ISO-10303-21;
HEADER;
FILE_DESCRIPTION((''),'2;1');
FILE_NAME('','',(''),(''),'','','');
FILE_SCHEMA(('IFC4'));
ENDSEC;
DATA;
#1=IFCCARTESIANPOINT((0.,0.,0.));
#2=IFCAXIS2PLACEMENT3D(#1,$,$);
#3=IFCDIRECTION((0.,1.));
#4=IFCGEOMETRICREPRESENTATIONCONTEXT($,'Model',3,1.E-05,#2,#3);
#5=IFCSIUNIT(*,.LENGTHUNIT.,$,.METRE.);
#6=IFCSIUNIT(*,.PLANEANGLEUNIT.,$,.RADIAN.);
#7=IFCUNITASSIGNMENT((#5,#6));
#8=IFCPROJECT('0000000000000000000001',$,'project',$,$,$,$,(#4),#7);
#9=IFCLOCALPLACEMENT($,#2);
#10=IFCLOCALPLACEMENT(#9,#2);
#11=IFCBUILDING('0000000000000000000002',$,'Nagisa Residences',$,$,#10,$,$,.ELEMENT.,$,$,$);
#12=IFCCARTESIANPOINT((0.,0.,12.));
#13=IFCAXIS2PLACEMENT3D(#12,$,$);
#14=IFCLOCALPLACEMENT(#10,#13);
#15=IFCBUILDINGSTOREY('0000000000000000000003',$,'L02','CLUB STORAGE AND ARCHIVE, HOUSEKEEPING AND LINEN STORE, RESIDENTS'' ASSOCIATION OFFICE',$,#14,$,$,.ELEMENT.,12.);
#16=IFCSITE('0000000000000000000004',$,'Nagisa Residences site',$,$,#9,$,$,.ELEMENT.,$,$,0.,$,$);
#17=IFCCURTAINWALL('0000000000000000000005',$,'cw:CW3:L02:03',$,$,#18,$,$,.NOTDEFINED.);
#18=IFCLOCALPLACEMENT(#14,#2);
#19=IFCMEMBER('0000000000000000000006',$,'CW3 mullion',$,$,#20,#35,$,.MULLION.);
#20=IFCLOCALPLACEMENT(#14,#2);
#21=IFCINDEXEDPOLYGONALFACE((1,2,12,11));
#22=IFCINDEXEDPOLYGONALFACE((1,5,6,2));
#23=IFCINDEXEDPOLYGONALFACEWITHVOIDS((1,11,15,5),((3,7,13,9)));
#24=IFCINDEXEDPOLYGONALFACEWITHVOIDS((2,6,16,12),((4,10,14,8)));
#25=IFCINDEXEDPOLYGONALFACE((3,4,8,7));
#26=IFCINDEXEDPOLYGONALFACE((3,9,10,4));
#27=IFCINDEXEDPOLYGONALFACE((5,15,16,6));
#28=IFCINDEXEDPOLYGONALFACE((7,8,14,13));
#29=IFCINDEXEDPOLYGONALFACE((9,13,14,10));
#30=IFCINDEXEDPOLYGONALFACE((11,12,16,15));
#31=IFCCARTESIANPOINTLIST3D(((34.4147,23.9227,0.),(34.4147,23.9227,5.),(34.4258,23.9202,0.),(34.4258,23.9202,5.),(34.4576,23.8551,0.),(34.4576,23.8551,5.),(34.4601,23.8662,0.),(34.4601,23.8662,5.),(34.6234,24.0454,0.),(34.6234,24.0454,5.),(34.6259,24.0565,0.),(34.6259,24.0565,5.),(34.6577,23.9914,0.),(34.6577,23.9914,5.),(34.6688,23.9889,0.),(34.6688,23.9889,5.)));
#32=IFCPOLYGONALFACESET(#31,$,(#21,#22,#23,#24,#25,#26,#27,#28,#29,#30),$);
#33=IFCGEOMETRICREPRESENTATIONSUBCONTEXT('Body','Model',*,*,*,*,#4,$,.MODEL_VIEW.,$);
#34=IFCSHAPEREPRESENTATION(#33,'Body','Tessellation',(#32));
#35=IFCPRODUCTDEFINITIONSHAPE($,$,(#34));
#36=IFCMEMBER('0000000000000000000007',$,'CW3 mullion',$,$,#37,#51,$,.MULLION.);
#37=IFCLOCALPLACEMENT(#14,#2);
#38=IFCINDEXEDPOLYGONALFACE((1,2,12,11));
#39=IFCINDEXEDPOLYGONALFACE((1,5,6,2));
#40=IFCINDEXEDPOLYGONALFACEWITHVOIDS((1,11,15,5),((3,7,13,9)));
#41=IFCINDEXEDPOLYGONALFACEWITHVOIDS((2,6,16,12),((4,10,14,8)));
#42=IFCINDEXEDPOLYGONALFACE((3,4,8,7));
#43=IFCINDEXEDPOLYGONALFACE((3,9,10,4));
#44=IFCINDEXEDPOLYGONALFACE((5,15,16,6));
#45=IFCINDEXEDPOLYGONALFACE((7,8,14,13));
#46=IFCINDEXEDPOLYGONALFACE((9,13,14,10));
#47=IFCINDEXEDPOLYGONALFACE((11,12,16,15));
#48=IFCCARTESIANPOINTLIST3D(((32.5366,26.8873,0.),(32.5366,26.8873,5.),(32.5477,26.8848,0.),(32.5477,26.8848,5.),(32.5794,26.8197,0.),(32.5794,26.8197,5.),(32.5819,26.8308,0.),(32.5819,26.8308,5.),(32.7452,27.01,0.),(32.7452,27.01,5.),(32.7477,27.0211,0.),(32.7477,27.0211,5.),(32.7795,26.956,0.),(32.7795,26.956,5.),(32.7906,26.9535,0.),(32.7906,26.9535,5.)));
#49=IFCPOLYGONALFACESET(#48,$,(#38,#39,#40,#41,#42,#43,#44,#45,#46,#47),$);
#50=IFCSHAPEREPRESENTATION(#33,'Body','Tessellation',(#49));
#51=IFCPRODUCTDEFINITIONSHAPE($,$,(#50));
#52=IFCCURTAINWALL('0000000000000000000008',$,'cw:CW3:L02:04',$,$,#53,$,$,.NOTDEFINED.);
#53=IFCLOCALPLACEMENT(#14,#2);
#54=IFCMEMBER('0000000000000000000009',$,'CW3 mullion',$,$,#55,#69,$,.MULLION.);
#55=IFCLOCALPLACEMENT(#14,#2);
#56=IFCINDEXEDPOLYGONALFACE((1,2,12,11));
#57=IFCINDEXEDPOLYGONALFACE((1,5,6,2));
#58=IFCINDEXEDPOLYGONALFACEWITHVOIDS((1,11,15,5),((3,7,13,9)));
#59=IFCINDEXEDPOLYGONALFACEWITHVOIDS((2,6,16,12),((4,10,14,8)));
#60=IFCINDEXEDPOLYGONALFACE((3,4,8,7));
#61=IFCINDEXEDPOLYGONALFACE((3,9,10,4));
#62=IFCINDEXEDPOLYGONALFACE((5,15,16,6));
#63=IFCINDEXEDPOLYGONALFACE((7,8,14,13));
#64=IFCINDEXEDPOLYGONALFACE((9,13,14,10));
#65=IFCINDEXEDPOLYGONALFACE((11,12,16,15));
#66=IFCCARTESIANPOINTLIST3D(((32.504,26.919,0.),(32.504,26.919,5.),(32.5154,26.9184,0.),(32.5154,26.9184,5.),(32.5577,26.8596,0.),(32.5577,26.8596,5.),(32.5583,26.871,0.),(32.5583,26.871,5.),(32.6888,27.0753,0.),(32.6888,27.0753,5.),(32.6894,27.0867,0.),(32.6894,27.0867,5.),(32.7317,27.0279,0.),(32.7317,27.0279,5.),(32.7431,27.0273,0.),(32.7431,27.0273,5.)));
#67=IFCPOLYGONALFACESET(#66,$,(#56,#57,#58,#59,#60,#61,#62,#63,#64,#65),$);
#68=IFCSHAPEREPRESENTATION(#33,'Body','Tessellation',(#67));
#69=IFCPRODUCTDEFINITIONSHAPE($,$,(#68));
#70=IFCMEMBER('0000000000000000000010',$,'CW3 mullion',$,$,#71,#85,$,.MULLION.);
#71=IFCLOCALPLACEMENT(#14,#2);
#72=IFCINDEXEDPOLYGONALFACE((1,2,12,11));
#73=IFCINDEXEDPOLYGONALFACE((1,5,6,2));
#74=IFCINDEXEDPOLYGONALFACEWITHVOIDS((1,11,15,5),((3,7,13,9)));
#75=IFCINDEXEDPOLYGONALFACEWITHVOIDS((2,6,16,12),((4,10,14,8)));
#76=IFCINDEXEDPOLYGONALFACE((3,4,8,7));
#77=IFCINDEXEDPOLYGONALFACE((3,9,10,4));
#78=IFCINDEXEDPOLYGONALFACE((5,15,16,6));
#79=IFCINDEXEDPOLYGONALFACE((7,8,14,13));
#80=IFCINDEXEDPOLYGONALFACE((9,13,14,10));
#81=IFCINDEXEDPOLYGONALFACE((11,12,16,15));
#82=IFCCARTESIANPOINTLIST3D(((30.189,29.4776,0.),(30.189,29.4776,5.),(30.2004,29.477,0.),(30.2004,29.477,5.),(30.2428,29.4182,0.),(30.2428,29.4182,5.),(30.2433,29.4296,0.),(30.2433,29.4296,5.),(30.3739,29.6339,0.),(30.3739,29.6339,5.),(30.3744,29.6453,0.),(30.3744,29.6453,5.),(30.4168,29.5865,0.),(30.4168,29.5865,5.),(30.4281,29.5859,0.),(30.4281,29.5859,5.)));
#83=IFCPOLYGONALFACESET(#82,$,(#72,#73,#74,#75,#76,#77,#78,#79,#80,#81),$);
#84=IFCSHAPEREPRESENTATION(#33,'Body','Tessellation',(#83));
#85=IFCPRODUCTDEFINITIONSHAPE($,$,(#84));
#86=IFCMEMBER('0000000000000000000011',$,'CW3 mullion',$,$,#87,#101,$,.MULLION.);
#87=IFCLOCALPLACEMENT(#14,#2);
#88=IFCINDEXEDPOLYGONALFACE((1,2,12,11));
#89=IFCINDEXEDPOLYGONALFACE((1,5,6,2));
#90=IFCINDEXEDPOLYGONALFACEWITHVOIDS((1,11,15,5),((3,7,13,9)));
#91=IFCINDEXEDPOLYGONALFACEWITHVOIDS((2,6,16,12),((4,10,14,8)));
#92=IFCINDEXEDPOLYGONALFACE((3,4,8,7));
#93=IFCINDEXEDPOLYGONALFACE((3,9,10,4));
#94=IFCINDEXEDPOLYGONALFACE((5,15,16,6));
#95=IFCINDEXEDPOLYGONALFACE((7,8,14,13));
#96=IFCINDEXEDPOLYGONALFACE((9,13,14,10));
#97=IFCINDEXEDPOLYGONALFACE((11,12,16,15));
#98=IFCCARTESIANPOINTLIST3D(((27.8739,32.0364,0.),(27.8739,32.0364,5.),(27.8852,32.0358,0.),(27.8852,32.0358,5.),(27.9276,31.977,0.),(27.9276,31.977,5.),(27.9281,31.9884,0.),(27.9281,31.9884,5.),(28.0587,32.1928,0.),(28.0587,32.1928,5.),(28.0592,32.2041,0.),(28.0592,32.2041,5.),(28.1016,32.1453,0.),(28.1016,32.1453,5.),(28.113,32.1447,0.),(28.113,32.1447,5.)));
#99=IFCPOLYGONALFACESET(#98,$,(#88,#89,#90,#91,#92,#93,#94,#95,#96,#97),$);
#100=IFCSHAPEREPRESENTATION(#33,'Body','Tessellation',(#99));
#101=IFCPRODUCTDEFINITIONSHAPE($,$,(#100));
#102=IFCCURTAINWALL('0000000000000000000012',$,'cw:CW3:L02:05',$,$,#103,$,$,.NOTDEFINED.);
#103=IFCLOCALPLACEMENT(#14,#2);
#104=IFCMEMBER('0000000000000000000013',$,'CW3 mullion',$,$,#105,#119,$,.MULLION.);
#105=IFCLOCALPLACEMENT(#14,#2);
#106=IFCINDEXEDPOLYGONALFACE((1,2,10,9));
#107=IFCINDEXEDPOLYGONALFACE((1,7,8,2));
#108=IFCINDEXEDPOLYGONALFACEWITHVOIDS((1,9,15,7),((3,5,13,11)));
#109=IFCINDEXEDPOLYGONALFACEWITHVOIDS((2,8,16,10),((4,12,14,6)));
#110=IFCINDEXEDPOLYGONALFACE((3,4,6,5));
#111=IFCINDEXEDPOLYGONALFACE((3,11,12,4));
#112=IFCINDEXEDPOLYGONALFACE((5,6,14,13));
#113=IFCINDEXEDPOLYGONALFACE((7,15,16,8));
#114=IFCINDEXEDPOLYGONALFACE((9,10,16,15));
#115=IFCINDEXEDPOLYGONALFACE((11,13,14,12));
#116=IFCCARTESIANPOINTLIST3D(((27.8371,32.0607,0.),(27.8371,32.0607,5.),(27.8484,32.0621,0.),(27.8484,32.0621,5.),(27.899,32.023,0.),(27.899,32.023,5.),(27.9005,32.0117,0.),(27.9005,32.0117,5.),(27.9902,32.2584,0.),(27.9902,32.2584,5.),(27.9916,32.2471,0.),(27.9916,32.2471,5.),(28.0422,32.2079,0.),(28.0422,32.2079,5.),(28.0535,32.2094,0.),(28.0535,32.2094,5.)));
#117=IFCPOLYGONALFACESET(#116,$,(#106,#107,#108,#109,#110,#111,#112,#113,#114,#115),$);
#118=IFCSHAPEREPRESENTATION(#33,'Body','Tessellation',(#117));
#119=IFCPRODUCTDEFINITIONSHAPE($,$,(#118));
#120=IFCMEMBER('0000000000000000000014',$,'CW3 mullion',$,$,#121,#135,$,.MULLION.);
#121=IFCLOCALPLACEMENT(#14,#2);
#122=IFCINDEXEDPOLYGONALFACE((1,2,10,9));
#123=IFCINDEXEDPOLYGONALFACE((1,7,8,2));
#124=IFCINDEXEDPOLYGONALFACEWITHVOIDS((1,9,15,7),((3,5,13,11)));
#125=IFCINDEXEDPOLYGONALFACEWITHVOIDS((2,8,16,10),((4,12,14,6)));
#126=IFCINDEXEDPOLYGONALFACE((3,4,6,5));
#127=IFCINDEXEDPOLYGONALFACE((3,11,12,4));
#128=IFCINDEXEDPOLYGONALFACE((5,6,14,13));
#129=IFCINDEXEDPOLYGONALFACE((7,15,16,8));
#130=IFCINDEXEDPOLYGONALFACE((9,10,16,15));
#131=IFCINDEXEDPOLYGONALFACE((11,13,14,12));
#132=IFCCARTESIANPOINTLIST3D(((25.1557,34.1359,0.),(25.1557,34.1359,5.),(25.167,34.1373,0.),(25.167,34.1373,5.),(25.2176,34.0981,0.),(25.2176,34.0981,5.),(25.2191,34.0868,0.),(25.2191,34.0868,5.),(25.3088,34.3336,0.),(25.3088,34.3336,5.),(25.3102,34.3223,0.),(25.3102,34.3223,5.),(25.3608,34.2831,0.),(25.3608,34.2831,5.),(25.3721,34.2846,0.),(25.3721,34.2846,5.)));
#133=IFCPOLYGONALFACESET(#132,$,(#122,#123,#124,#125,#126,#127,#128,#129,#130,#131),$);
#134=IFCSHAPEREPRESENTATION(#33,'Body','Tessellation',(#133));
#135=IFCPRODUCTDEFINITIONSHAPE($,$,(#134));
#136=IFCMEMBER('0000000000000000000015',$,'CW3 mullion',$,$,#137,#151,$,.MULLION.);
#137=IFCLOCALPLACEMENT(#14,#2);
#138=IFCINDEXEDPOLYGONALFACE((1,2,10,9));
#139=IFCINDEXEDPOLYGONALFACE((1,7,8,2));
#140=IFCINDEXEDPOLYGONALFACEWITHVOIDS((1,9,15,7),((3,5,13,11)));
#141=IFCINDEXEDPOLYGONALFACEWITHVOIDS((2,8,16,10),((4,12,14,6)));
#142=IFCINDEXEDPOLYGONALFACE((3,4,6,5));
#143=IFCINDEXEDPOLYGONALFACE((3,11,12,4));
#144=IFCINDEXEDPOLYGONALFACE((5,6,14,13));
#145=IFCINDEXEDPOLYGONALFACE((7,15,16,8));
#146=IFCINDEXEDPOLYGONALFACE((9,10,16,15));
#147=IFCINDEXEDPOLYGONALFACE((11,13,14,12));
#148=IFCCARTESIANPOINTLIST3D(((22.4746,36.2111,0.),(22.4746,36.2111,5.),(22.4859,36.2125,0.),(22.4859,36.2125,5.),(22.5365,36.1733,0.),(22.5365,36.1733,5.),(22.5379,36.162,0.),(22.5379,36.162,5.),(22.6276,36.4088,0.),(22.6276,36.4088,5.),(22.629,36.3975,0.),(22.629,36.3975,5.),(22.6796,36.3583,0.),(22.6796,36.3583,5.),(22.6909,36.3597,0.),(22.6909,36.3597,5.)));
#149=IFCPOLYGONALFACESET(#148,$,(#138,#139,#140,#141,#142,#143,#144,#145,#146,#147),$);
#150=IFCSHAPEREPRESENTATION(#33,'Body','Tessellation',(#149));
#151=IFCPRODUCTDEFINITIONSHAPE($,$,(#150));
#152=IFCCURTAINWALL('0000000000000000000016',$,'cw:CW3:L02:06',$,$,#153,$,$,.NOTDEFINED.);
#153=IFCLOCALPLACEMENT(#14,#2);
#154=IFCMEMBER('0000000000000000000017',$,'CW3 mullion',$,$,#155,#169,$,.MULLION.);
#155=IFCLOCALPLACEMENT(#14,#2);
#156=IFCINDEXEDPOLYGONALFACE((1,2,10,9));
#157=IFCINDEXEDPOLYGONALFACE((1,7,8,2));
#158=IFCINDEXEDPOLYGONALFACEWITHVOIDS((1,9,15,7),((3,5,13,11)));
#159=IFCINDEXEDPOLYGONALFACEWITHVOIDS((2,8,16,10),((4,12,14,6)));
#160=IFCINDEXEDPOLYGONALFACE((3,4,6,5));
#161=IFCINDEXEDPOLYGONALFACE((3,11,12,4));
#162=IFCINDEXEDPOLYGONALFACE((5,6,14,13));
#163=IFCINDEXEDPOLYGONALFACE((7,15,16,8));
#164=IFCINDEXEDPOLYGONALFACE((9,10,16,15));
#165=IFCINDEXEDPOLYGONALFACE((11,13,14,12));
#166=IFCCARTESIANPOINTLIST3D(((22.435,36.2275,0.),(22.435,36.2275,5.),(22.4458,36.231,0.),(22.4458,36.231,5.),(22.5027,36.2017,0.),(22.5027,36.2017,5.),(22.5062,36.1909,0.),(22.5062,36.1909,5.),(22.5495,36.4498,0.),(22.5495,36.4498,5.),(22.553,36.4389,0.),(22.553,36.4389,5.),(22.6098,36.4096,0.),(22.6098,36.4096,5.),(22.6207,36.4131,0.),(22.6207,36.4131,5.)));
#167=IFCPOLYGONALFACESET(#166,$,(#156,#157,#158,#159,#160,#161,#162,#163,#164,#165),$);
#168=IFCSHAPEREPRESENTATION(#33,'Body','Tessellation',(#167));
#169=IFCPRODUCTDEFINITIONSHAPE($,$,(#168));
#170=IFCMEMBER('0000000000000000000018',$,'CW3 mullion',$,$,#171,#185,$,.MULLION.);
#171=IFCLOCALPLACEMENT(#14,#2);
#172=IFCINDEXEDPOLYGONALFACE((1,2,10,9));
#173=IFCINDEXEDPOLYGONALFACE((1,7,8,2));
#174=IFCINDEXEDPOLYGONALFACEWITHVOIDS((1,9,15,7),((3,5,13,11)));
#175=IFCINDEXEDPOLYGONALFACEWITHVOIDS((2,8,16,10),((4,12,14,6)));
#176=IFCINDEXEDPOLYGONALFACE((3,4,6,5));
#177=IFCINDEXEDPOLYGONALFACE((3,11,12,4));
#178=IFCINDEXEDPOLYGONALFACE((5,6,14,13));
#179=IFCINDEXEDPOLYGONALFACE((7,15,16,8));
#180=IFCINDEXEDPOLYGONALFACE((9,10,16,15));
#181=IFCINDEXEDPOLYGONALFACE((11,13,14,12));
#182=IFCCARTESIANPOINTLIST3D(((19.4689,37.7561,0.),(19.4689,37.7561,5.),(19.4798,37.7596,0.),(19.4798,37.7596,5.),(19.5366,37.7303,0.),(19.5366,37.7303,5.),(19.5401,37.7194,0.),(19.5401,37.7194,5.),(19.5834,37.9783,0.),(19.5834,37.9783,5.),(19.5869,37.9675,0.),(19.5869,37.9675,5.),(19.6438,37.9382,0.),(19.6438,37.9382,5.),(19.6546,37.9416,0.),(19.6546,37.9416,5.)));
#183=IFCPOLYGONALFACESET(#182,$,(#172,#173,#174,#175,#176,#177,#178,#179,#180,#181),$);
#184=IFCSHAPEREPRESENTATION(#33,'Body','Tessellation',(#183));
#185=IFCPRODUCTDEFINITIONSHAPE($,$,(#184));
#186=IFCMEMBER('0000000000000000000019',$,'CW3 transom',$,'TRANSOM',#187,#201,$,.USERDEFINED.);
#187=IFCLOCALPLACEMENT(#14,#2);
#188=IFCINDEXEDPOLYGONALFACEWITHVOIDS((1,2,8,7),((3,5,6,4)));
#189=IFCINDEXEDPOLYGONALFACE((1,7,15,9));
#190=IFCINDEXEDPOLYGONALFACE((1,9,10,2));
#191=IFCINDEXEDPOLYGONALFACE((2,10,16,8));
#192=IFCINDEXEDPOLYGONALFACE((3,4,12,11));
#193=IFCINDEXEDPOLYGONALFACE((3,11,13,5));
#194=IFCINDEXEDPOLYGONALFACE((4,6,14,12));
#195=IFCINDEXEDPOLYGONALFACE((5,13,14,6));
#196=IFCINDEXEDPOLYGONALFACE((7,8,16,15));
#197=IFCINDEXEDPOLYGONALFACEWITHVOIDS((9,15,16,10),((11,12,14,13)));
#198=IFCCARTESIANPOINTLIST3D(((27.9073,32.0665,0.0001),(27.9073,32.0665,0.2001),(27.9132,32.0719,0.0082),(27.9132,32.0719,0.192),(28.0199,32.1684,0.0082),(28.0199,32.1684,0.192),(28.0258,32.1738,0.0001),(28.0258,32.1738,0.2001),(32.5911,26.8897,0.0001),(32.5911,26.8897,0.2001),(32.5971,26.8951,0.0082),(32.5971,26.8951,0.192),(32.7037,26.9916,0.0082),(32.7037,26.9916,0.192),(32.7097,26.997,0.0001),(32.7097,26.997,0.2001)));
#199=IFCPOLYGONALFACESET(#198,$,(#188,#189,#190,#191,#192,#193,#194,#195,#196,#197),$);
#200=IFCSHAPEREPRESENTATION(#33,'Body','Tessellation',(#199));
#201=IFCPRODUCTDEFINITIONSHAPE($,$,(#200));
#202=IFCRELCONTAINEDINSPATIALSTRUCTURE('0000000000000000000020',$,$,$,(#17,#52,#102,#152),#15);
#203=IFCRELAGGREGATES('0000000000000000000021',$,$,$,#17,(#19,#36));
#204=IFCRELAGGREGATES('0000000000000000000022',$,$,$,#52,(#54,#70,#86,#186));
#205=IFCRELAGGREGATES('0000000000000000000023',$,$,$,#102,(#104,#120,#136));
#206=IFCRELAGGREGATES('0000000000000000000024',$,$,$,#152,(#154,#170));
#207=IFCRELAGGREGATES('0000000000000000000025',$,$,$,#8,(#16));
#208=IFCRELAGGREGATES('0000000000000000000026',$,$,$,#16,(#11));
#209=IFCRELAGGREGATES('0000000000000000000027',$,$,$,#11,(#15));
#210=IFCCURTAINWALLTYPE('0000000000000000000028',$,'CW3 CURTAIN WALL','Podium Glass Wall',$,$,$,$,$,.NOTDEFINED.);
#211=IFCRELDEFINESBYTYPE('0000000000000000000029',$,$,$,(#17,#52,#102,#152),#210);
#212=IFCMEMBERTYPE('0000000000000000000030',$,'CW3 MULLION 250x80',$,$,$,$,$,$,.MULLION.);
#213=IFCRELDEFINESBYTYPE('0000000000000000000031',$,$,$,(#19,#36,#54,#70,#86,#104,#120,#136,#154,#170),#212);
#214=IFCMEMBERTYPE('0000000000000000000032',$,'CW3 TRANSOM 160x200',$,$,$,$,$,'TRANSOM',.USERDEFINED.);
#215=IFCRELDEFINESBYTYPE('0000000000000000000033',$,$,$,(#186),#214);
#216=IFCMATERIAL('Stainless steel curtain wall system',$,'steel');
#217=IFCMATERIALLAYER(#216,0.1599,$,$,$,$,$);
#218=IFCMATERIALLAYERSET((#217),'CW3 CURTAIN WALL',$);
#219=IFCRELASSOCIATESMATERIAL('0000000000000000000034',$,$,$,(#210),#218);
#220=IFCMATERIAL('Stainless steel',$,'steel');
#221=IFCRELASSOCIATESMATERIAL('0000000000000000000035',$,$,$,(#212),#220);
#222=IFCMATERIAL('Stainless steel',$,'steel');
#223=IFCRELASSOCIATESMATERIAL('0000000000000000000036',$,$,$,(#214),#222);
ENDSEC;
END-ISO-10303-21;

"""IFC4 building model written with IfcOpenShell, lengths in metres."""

from ifc_helpers import new_model, si_unit, direction, frame, origin, origin_2d, place, context, subcontext, project, spatial, hollow_rectangle, extrude, material, layer, layer_set, material_profile, profile_set, type_object, element, aggregate, save


model = new_model("IFC4")

# Units and contexts
model_context = context("Model", 3, precision=1e-05, world=origin(), true_north=direction((0.0, 1.0)))
body_context = subcontext(model_context, "Body", "Model", "MODEL_VIEW")
ifc_project = project(units=[si_unit("LENGTHUNIT", "METRE"), si_unit("PLANEANGLEUNIT", "RADIAN")], contexts=[model_context])

# Site, building, storey
site_placement = place(None, origin())
site = spatial("IfcSite", under=ifc_project, at=site_placement, Name="Nagisa Residences site", CompositionType="ELEMENT", RefElevation=0.0)
building_placement = place(site_placement, origin())
building = spatial("IfcBuilding", under=site, at=building_placement, Name="Nagisa Residences", CompositionType="ELEMENT")
storey_placement = place(building_placement, frame((0.0, 0.0, 12.0)))
storey = spatial("IfcBuildingStorey", under=building, at=storey_placement, Name="L02", Description="CLUB STORAGE AND ARCHIVE, HOUSEKEEPING AND LINEN STORE, RESIDENTS' ASSOCIATION OFFICE", CompositionType="ELEMENT", Elevation=12.0)

# Curtain walls, members
ifc_material_1 = material(Name="Stainless steel curtain wall system", Category="steel")
ifc_layer_1 = layer(ifc_material_1, 0.1599)
ifc_layer_set_1 = layer_set([ifc_layer_1], Name="CW3 CURTAIN WALL")
curtain_wall_type_1 = type_object("IfcCurtainWallType", Name="CW3 CURTAIN WALL", Description="Podium Glass Wall", PredefinedType="NOTDEFINED", material=ifc_layer_set_1)
curtain_wall_1_placement = place(storey_placement, origin())
curtain_wall_1 = element("IfcCurtainWall", 1, at=curtain_wall_1_placement, inside=storey, type_object=curtain_wall_type_1, Name="cw:CW3:L02:03", PredefinedType="NOTDEFINED")
ifc_material_2 = material(Name="Stainless steel", Category="steel")
ifc_material_profile_1 = material_profile(ifc_material_2, hollow_rectangle(XDim=0.25, YDim=0.0801, WallThickness=0.0081, at=origin_2d()), Name="CW3 MULLION 250x80")
ifc_profile_set_1 = profile_set([ifc_material_profile_1], Name="Stainless steel")
member_type_1 = type_object("IfcMemberType", Name="CW3 MULLION 250x80", PredefinedType="MULLION", material=ifc_profile_set_1)
member_1_placement = place(storey_placement, frame((34.5417, 23.9558, 0.0), z_axis=(0.0, 0.0, 1.0), x_axis=(-0.844747, -0.535165, 0.0)))
member_1 = element("IfcMember", 2, at=member_1_placement, type_object=member_type_1, Name="CW3 mullion", PredefinedType="MULLION", context=body_context, shape_type="SweptSolid", body=[
    extrude(hollow_rectangle(XDim=0.25, YDim=0.0801, WallThickness=0.0081, at=origin_2d()), origin(), (0.0, 0.0, 1.0), 5.0),
])
member_2_placement = place(storey_placement, frame((32.6636, 26.9204, 0.0), z_axis=(0.0, 0.0, 1.0), x_axis=(-0.844747, -0.535165, 0.0)))
member_2 = element("IfcMember", 3, at=member_2_placement, type_object=member_type_1, Name="CW3 mullion", PredefinedType="MULLION", context=body_context, shape_type="SweptSolid", body=[
    extrude(hollow_rectangle(XDim=0.25, YDim=0.0801, WallThickness=0.0081, at=origin_2d()), origin(), (0.0, 0.0, 1.0), 5.0),
])
curtain_wall_2_placement = place(storey_placement, origin())
curtain_wall_2 = element("IfcCurtainWall", 4, at=curtain_wall_2_placement, inside=storey, type_object=curtain_wall_type_1, Name="cw:CW3:L02:04", PredefinedType="NOTDEFINED")
member_3_placement = place(storey_placement, frame((32.6235, 26.9731, 0.0), z_axis=(0.0, 0.0, 1.0), x_axis=(-0.741536, -0.670913, 0.0)))
member_3 = element("IfcMember", 5, at=member_3_placement, type_object=member_type_1, Name="CW3 mullion", PredefinedType="MULLION", context=body_context, shape_type="SweptSolid", body=[
    extrude(hollow_rectangle(XDim=0.25, YDim=0.0801, WallThickness=0.0081, at=origin_2d()), origin(), (0.0, 0.0, 1.0), 5.0),
])
member_4_placement = place(storey_placement, frame((30.3086, 29.5317, 0.0), z_axis=(0.0, 0.0, 1.0), x_axis=(-0.741536, -0.670913, 0.0)))
member_4 = element("IfcMember", 6, at=member_4_placement, type_object=member_type_1, Name="CW3 mullion", PredefinedType="MULLION", context=body_context, shape_type="SweptSolid", body=[
    extrude(hollow_rectangle(XDim=0.25, YDim=0.0801, WallThickness=0.0081, at=origin_2d()), origin(), (0.0, 0.0, 1.0), 5.0),
])
member_5_placement = place(storey_placement, frame((27.9934, 32.0906, 0.0), z_axis=(0.0, 0.0, 1.0), x_axis=(-0.741536, -0.670913, 0.0)))
member_5 = element("IfcMember", 7, at=member_5_placement, type_object=member_type_1, Name="CW3 mullion", PredefinedType="MULLION", context=body_context, shape_type="SweptSolid", body=[
    extrude(hollow_rectangle(XDim=0.25, YDim=0.0801, WallThickness=0.0081, at=origin_2d()), origin(), (0.0, 0.0, 1.0), 5.0),
])
curtain_wall_3_placement = place(storey_placement, origin())
curtain_wall_3 = element("IfcCurtainWall", 8, at=curtain_wall_3_placement, inside=storey, type_object=curtain_wall_type_1, Name="cw:CW3:L02:05", PredefinedType="NOTDEFINED")
member_6_placement = place(storey_placement, frame((27.9453, 32.135, 0.0), z_axis=(0.0, 0.0, 1.0), x_axis=(-0.612035, -0.790831, 0.0)))
member_6 = element("IfcMember", 9, at=member_6_placement, type_object=member_type_1, Name="CW3 mullion", PredefinedType="MULLION", context=body_context, shape_type="SweptSolid", body=[
    extrude(hollow_rectangle(XDim=0.25, YDim=0.0801, WallThickness=0.0081, at=origin_2d()), origin(), (0.0, 0.0, 1.0), 5.0),
])
member_7_placement = place(storey_placement, frame((25.2639, 34.2102, 0.0), z_axis=(0.0, 0.0, 1.0), x_axis=(-0.612035, -0.790831, 0.0)))
member_7 = element("IfcMember", 10, at=member_7_placement, type_object=member_type_1, Name="CW3 mullion", PredefinedType="MULLION", context=body_context, shape_type="SweptSolid", body=[
    extrude(hollow_rectangle(XDim=0.25, YDim=0.0801, WallThickness=0.0081, at=origin_2d()), origin(), (0.0, 0.0, 1.0), 5.0),
])
member_8_placement = place(storey_placement, frame((22.5828, 36.2854, 0.0), z_axis=(0.0, 0.0, 1.0), x_axis=(-0.612035, -0.790831, 0.0)))
member_8 = element("IfcMember", 11, at=member_8_placement, type_object=member_type_1, Name="CW3 mullion", PredefinedType="MULLION", context=body_context, shape_type="SweptSolid", body=[
    extrude(hollow_rectangle(XDim=0.25, YDim=0.0801, WallThickness=0.0081, at=origin_2d()), origin(), (0.0, 0.0, 1.0), 5.0),
])
curtain_wall_4_placement = place(storey_placement, origin())
curtain_wall_4 = element("IfcCurtainWall", 12, at=curtain_wall_4_placement, inside=storey, type_object=curtain_wall_type_1, Name="cw:CW3:L02:06", PredefinedType="NOTDEFINED")
member_9_placement = place(storey_placement, frame((22.5278, 36.3203, 0.0), z_axis=(0.0, 0.0, 1.0), x_axis=(-0.458126, -0.888887, 0.0)))
member_9 = element("IfcMember", 13, at=member_9_placement, type_object=member_type_1, Name="CW3 mullion", PredefinedType="MULLION", context=body_context, shape_type="SweptSolid", body=[
    extrude(hollow_rectangle(XDim=0.25, YDim=0.0801, WallThickness=0.0081, at=origin_2d()), origin(), (0.0, 0.0, 1.0), 5.0),
])
member_10_placement = place(storey_placement, frame((19.5618, 37.8489, 0.0), z_axis=(0.0, 0.0, 1.0), x_axis=(-0.458126, -0.888887, 0.0)))
member_10 = element("IfcMember", 14, at=member_10_placement, type_object=member_type_1, Name="CW3 mullion", PredefinedType="MULLION", context=body_context, shape_type="SweptSolid", body=[
    extrude(hollow_rectangle(XDim=0.25, YDim=0.0801, WallThickness=0.0081, at=origin_2d()), origin(), (0.0, 0.0, 1.0), 5.0),
])

# Member
ifc_material_3 = material(Name="Stainless steel", Category="steel")
ifc_material_profile_2 = material_profile(ifc_material_3, hollow_rectangle(XDim=0.1599, YDim=0.2, WallThickness=0.0081, at=origin_2d()), Name="CW3 TRANSOM 160x200")
ifc_profile_set_2 = profile_set([ifc_material_profile_2], Name="Stainless steel")
member_type_2 = type_object("IfcMemberType", Name="CW3 TRANSOM 160x200", ElementType="TRANSOM", PredefinedType="USERDEFINED", material=ifc_profile_set_2)
member_11_placement = place(storey_placement, frame((32.6504, 26.9434, 0.1001), z_axis=(-0.670922, 0.741528, 0.0), x_axis=(-0.741528, -0.670922, 0.0)))
member_11 = element("IfcMember", 15, at=member_11_placement, type_object=member_type_2, Name="CW3 transom", ObjectType="TRANSOM", PredefinedType="USERDEFINED", context=body_context, shape_type="SweptSolid", body=[
    extrude(hollow_rectangle(XDim=0.1599, YDim=0.2, WallThickness=0.0081, at=origin_2d()), origin(), (0.0, 0.0, 1.0), 6.9812),
])

aggregate(curtain_wall_1, [member_1, member_2])
aggregate(curtain_wall_2, [member_3, member_4, member_5, member_11])
aggregate(curtain_wall_3, [member_6, member_7, member_8])
aggregate(curtain_wall_4, [member_9, member_10])

save(model, "model.ifc")
